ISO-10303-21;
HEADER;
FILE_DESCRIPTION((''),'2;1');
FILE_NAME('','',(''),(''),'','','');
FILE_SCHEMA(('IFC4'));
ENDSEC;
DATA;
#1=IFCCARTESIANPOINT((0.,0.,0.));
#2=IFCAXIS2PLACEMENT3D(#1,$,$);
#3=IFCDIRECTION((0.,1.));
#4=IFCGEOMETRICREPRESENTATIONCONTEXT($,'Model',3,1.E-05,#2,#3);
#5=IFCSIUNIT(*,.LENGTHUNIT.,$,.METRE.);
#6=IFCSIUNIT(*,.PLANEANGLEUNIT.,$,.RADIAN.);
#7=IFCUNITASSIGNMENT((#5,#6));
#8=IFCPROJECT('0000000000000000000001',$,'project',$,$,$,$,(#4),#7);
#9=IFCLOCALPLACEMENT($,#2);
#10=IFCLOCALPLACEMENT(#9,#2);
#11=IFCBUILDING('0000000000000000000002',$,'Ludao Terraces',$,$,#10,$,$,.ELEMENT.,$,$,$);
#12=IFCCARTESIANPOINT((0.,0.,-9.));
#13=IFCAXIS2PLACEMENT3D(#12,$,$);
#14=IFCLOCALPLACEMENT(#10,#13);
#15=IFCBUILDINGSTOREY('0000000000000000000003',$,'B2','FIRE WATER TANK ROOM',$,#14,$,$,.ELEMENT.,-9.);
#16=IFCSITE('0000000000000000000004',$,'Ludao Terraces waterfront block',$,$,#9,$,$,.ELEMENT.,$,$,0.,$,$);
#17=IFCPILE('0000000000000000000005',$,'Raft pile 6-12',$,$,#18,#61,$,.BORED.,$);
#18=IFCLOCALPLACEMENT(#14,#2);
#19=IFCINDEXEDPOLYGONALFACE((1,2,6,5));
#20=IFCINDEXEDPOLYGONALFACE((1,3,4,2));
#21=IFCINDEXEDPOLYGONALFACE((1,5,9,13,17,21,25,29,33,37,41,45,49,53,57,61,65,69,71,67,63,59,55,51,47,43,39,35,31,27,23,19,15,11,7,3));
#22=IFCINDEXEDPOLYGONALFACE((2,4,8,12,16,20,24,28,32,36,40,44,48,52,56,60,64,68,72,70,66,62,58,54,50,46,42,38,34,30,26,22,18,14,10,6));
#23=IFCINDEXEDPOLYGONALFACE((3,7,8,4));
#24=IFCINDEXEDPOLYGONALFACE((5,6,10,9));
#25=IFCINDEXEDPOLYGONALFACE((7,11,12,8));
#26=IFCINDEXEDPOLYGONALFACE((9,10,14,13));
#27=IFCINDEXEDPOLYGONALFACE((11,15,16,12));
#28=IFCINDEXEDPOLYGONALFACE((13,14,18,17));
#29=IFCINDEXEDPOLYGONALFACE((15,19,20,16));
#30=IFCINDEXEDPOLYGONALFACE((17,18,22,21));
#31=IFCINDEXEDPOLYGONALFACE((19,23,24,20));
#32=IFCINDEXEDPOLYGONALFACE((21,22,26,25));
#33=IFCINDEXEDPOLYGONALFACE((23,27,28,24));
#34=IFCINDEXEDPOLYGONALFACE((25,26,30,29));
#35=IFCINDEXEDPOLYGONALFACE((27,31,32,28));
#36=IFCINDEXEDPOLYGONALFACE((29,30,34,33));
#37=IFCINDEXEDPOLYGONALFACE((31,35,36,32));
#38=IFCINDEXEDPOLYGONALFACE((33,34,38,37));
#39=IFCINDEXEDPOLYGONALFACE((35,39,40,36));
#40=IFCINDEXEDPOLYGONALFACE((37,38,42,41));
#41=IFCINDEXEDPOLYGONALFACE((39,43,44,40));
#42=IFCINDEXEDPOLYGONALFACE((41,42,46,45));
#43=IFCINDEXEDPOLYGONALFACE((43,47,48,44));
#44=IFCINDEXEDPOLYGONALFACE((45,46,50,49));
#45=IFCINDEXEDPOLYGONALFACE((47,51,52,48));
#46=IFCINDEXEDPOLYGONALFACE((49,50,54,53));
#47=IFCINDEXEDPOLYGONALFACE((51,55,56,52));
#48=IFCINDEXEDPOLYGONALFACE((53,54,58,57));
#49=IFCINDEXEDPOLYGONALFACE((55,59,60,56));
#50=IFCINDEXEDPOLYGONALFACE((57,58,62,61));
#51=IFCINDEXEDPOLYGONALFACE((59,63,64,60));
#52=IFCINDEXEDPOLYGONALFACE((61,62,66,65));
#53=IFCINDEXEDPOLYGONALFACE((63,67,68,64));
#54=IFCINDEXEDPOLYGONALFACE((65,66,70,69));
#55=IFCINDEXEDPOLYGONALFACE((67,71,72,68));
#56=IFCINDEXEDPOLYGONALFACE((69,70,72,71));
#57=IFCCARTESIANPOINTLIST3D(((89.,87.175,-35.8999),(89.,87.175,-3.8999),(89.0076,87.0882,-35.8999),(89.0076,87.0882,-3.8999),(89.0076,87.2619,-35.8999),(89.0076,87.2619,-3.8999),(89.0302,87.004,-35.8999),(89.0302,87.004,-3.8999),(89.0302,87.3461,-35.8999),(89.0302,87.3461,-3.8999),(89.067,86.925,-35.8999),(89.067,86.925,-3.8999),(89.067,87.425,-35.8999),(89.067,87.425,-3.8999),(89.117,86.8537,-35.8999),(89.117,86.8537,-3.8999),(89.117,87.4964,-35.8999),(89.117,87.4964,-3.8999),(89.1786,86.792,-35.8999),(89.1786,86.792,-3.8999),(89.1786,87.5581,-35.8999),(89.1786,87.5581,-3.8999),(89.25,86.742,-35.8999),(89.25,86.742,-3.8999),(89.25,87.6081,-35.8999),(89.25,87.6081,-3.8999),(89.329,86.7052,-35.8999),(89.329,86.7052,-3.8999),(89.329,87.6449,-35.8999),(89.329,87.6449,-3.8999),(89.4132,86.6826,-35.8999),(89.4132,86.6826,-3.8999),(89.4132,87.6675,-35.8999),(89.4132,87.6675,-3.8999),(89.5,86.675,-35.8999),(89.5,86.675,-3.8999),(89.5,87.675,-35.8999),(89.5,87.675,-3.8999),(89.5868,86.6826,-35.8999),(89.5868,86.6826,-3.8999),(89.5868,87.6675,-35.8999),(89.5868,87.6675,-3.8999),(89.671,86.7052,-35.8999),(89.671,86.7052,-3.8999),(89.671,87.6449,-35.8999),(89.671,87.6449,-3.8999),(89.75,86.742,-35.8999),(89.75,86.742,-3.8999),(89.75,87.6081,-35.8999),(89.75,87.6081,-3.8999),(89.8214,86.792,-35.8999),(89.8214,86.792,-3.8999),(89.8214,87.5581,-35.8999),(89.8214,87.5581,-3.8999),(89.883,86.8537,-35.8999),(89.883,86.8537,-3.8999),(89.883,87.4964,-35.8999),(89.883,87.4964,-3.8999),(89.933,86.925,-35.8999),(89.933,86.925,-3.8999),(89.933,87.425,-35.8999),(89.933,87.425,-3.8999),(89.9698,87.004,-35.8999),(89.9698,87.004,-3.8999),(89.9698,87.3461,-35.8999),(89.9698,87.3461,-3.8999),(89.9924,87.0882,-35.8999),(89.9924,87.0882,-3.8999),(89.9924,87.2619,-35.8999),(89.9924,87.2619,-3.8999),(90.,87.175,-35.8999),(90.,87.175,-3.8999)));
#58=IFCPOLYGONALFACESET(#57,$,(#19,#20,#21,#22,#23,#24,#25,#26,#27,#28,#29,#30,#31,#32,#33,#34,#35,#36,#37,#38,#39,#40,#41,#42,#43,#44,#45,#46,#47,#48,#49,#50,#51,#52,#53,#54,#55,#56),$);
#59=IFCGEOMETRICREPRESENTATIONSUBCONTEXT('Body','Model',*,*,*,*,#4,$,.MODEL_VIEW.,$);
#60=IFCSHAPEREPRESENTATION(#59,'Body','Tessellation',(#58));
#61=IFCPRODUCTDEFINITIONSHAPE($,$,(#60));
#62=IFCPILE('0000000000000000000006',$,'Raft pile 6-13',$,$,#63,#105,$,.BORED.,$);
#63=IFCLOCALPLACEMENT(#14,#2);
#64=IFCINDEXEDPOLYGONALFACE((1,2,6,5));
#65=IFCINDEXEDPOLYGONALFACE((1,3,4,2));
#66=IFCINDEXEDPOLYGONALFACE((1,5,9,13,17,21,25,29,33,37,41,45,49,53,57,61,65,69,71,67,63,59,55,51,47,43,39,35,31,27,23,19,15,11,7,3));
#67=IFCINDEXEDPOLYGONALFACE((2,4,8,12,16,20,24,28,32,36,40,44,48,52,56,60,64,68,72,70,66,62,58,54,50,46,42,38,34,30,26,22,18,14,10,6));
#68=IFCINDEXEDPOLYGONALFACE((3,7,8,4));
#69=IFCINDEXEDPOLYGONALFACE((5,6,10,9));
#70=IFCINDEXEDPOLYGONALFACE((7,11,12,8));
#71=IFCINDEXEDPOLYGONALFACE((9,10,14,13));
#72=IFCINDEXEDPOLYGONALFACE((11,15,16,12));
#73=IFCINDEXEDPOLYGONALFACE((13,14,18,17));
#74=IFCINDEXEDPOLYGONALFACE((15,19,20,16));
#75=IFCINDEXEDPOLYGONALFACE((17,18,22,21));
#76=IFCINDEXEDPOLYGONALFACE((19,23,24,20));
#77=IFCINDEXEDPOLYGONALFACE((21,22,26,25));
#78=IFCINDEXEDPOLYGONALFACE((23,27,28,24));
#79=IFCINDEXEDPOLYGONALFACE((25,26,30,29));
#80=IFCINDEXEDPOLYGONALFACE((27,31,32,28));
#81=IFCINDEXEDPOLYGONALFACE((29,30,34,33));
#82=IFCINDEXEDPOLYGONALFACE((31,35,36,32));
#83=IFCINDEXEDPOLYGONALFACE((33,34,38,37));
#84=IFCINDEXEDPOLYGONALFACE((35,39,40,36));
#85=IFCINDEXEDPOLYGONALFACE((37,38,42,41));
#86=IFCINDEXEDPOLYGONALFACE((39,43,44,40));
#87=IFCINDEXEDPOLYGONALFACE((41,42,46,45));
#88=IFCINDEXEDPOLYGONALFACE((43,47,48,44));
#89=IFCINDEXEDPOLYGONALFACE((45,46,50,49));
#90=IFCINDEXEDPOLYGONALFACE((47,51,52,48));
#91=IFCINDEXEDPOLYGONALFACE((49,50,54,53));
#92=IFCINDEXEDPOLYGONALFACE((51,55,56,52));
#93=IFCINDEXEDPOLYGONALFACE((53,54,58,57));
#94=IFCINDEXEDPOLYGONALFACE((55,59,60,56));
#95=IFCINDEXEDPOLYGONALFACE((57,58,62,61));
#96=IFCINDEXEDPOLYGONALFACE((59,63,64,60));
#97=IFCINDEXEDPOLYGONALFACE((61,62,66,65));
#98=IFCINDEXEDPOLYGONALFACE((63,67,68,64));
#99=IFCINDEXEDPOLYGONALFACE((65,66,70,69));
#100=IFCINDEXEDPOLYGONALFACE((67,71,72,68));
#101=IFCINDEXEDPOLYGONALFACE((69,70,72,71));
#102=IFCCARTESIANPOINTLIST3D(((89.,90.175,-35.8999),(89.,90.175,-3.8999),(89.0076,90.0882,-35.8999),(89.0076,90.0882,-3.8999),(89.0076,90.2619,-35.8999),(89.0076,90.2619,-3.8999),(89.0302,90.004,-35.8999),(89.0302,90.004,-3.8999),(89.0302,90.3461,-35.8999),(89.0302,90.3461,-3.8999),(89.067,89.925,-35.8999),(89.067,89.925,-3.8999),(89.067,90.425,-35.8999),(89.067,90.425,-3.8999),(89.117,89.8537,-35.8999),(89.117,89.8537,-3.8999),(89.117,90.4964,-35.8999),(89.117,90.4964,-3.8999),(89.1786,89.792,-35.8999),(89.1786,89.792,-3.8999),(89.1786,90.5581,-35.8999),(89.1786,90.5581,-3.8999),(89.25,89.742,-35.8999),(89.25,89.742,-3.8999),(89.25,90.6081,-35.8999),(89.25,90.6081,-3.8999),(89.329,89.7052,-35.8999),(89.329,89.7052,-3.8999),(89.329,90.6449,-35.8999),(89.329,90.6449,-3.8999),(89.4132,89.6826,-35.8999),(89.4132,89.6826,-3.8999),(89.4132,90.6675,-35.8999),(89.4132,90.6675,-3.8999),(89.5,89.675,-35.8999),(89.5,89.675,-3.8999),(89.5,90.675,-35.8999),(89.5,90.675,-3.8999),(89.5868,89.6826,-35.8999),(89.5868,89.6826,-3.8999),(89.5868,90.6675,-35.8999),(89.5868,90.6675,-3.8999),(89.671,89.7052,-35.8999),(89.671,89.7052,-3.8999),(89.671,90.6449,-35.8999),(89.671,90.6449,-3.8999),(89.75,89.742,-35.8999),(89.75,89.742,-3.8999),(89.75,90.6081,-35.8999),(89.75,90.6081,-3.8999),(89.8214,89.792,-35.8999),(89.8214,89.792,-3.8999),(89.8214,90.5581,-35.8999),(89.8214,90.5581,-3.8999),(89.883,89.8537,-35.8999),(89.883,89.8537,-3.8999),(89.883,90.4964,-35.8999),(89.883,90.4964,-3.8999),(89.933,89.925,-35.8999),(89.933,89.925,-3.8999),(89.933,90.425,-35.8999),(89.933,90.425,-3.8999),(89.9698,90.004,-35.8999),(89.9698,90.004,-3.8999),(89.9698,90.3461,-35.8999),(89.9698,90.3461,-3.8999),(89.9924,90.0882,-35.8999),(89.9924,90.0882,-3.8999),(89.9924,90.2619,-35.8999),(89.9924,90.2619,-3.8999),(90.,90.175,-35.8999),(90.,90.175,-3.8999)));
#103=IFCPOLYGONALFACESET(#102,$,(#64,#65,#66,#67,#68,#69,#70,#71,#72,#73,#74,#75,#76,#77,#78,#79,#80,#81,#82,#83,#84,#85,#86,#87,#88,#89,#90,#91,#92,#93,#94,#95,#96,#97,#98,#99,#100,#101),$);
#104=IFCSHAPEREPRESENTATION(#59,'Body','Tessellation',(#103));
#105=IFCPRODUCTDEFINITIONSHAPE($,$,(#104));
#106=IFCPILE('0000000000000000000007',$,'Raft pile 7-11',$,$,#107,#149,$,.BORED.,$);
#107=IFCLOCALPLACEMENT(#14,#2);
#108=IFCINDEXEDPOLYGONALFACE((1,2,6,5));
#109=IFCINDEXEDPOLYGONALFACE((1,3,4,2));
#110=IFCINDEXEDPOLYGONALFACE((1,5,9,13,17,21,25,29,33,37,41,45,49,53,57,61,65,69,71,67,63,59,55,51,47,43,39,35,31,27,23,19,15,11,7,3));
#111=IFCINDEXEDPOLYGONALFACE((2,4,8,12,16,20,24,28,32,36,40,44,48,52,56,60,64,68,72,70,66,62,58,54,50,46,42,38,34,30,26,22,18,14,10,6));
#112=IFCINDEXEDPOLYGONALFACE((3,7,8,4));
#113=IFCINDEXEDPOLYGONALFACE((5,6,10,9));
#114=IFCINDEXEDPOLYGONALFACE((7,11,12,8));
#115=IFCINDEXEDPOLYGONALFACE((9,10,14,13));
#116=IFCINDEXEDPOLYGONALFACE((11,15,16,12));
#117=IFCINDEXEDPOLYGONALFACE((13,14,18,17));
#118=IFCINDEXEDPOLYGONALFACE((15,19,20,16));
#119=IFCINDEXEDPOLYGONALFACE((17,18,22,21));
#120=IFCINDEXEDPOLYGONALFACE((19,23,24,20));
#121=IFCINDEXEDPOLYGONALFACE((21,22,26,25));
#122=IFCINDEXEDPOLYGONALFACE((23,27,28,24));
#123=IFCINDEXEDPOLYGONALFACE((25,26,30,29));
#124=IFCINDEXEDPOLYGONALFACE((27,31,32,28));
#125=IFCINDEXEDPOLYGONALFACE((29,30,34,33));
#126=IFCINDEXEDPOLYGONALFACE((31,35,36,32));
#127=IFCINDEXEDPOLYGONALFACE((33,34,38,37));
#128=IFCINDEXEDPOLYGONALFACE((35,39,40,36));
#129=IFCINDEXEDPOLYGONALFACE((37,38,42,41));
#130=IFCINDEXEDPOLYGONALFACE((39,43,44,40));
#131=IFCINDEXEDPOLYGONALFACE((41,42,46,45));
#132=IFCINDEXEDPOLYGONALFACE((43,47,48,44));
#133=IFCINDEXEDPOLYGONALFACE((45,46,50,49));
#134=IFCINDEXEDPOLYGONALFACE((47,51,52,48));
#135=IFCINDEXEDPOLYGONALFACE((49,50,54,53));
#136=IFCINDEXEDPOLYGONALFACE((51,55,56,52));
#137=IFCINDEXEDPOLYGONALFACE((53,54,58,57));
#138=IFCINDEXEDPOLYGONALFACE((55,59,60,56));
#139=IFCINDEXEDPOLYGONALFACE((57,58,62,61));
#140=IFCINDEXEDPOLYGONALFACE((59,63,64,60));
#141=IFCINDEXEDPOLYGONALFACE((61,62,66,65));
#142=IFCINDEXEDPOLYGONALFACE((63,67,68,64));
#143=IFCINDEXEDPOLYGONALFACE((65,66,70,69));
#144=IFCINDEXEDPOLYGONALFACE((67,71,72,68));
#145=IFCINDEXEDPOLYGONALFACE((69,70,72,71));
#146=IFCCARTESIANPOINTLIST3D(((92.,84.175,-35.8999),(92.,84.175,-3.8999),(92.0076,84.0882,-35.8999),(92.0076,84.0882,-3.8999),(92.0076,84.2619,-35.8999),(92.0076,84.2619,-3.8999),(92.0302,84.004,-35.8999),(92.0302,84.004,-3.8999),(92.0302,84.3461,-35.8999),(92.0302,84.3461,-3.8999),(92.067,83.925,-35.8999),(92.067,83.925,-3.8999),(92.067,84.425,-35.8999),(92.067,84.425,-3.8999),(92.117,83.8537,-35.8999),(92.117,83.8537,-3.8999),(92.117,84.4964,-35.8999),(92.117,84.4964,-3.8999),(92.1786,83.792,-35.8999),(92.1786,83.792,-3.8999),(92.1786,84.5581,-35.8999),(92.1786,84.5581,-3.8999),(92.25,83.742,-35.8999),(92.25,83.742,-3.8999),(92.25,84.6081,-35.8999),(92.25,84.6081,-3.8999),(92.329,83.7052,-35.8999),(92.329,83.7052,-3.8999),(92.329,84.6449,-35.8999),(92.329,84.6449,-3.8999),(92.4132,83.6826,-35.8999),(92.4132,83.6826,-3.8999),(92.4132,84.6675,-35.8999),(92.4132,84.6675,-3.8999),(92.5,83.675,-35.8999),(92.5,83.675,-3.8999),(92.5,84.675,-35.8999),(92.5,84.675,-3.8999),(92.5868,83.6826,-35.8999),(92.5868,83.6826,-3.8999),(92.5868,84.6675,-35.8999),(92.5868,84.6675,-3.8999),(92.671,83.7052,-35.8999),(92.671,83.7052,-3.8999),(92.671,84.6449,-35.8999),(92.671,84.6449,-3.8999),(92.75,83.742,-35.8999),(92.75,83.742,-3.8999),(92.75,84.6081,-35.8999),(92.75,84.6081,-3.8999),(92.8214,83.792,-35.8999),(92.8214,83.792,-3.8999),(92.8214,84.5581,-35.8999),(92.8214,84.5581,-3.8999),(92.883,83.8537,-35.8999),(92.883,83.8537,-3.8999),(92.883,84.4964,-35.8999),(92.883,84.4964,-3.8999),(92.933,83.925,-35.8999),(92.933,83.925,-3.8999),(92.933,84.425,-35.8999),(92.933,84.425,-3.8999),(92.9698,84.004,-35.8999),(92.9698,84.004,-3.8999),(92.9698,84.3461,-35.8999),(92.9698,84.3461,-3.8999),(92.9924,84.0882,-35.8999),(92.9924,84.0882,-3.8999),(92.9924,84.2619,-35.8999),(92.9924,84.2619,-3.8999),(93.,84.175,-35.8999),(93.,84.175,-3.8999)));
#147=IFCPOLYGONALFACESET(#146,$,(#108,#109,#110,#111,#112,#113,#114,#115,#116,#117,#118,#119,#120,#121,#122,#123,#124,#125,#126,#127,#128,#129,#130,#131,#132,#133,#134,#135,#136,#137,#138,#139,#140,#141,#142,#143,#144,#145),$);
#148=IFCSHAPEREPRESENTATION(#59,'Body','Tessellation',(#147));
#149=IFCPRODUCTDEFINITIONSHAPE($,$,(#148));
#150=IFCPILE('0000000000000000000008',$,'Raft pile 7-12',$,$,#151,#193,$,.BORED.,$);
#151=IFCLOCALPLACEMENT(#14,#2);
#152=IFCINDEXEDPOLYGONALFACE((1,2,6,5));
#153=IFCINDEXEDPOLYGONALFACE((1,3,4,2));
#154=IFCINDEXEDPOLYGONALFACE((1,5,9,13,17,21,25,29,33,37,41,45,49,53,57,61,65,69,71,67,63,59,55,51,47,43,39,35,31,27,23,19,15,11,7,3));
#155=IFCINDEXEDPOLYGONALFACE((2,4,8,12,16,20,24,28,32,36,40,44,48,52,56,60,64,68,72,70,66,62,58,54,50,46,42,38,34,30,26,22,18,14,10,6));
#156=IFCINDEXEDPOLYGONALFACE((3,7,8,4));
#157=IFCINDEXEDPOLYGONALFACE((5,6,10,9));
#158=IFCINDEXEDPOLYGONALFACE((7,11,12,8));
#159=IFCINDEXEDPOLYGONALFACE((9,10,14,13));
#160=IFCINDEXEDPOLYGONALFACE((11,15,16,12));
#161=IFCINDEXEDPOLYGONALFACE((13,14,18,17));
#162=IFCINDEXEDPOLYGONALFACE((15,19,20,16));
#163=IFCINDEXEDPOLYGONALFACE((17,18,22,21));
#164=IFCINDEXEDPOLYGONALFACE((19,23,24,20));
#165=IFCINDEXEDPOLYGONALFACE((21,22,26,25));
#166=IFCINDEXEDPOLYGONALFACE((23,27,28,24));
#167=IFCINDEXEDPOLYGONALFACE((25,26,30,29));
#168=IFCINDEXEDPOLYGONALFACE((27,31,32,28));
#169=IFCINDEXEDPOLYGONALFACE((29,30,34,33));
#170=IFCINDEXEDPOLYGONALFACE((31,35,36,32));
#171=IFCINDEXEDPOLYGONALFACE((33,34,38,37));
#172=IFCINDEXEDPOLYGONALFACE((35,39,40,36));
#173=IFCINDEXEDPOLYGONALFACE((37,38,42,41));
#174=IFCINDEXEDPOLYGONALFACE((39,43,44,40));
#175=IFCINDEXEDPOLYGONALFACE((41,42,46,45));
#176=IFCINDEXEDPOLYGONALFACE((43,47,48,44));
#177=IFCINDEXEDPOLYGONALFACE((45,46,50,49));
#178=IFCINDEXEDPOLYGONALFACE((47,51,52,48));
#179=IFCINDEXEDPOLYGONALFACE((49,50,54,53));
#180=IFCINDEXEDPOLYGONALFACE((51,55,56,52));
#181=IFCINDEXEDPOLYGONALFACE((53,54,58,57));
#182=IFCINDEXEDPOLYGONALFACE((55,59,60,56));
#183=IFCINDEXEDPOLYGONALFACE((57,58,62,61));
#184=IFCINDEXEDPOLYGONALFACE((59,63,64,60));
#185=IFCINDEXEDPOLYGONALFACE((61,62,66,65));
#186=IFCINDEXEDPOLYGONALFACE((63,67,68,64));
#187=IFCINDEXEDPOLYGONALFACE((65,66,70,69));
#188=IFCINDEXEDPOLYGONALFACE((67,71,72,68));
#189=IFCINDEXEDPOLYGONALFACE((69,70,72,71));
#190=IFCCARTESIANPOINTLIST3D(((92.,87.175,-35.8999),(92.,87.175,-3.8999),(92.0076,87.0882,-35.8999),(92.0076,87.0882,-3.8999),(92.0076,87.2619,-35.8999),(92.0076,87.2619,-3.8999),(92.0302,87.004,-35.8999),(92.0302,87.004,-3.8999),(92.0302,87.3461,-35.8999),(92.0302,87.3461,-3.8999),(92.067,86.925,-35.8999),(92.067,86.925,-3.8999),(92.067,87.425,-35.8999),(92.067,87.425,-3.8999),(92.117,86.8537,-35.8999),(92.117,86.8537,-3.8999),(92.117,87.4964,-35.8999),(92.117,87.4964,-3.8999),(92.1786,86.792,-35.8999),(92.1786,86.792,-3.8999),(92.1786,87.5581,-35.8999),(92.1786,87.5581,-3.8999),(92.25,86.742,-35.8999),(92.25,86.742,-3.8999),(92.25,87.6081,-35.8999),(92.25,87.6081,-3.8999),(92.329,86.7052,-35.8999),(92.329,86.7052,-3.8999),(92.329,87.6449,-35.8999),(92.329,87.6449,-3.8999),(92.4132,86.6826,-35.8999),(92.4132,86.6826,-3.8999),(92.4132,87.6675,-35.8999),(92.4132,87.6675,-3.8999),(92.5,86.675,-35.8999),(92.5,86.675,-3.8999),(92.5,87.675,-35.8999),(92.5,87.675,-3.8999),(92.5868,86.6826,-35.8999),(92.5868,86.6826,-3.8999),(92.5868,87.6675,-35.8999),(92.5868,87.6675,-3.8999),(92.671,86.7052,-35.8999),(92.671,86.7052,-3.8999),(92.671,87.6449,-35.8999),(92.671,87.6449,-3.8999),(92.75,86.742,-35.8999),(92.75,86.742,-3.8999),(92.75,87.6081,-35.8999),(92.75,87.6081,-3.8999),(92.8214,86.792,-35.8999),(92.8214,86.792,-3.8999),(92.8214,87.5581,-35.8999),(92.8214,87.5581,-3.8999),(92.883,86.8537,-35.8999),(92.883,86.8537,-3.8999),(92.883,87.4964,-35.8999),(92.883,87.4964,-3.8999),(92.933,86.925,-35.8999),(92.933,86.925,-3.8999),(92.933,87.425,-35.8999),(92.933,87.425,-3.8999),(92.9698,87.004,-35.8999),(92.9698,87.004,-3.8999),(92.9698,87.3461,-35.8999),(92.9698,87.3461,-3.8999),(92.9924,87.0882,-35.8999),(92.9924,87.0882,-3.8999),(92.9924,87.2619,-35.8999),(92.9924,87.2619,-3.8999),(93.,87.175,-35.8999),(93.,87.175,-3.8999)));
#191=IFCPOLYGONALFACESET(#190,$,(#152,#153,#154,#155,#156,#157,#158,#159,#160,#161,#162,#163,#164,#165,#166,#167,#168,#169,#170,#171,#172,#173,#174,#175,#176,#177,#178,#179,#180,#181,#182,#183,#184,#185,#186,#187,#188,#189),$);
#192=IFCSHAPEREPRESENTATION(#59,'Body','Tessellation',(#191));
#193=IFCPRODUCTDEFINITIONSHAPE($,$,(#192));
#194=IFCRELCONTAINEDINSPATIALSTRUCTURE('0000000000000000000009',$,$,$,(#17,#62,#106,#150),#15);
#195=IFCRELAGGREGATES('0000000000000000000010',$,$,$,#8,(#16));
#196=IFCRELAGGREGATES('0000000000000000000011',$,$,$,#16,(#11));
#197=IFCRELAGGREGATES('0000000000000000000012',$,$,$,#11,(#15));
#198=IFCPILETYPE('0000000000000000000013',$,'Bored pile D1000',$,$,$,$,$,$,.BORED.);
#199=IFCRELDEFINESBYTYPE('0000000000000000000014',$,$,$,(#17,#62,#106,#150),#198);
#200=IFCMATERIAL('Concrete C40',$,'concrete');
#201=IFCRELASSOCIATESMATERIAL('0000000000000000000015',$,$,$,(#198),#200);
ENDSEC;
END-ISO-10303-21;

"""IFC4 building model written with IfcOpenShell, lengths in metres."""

from ifc_helpers import new_model, si_unit, direction, frame, origin, origin_2d, place, context, subcontext, project, spatial, circle, extrude, material, material_profile, profile_set, type_object, element, save


model = new_model("IFC4")

# Units and contexts
model_context = context("Model", 3, precision=1e-05, world=origin(), true_north=direction((0.0, 1.0)))
body_context = subcontext(model_context, "Body", "Model", "MODEL_VIEW")
ifc_project = project(units=[si_unit("LENGTHUNIT", "METRE"), si_unit("PLANEANGLEUNIT", "RADIAN")], contexts=[model_context])

# Site, building, storey
site_placement = place(None, origin())
site = spatial("IfcSite", under=ifc_project, at=site_placement, Name="Ludao Terraces waterfront block", CompositionType="ELEMENT", RefElevation=0.0)
building_placement = place(site_placement, origin())
building = spatial("IfcBuilding", under=site, at=building_placement, Name="Ludao Terraces", CompositionType="ELEMENT")
storey_placement = place(building_placement, frame((0.0, 0.0, -9.0)))
storey = spatial("IfcBuildingStorey", under=building, at=storey_placement, Name="B2", Description="FIRE WATER TANK ROOM", CompositionType="ELEMENT", Elevation=-9.0)

# Piles
ifc_material_1 = material(Name="Concrete C40", Category="concrete")
ifc_material_profile_1 = material_profile(ifc_material_1, circle(Radius=0.5, at=origin_2d()), Name="D1000 BORED PILE")
ifc_profile_set_1 = profile_set([ifc_material_profile_1], Name="Concrete C40")
pile_type = type_object("IfcPileType", Name="Bored pile D1000", PredefinedType="BORED", material=ifc_profile_set_1)
for number, where, z_axis, x_axis, name in (
    (1, (89.5, 87.175, -3.8999), (0.0, 0.0, -1.0), (1.0, 0.0, 0.0), "Raft pile 6-12"),
    (2, (89.5, 90.175, -3.8999), (0.0, 0.0, -1.0), (1.0, 0.0, 0.0), "Raft pile 6-13"),
    (3, (92.5, 84.175, -3.8999), (0.0, 0.0, -1.0), (1.0, 0.0, 0.0), "Raft pile 7-11"),
    (4, (92.5, 87.175, -3.8999), (0.0, 0.0, -1.0), (1.0, 0.0, 0.0), "Raft pile 7-12"),
):
    element("IfcPile", number, at=place(storey_placement, frame(where, z_axis=z_axis, x_axis=x_axis)), inside=storey, type_object=pile_type, Name=name, PredefinedType="BORED", context=body_context, shape_type="SweptSolid", body=[
        extrude(circle(Radius=0.5, at=origin_2d()), origin(), (0.0, 0.0, 1.0), 32.0),
    ])

save(model, "model.ifc")
